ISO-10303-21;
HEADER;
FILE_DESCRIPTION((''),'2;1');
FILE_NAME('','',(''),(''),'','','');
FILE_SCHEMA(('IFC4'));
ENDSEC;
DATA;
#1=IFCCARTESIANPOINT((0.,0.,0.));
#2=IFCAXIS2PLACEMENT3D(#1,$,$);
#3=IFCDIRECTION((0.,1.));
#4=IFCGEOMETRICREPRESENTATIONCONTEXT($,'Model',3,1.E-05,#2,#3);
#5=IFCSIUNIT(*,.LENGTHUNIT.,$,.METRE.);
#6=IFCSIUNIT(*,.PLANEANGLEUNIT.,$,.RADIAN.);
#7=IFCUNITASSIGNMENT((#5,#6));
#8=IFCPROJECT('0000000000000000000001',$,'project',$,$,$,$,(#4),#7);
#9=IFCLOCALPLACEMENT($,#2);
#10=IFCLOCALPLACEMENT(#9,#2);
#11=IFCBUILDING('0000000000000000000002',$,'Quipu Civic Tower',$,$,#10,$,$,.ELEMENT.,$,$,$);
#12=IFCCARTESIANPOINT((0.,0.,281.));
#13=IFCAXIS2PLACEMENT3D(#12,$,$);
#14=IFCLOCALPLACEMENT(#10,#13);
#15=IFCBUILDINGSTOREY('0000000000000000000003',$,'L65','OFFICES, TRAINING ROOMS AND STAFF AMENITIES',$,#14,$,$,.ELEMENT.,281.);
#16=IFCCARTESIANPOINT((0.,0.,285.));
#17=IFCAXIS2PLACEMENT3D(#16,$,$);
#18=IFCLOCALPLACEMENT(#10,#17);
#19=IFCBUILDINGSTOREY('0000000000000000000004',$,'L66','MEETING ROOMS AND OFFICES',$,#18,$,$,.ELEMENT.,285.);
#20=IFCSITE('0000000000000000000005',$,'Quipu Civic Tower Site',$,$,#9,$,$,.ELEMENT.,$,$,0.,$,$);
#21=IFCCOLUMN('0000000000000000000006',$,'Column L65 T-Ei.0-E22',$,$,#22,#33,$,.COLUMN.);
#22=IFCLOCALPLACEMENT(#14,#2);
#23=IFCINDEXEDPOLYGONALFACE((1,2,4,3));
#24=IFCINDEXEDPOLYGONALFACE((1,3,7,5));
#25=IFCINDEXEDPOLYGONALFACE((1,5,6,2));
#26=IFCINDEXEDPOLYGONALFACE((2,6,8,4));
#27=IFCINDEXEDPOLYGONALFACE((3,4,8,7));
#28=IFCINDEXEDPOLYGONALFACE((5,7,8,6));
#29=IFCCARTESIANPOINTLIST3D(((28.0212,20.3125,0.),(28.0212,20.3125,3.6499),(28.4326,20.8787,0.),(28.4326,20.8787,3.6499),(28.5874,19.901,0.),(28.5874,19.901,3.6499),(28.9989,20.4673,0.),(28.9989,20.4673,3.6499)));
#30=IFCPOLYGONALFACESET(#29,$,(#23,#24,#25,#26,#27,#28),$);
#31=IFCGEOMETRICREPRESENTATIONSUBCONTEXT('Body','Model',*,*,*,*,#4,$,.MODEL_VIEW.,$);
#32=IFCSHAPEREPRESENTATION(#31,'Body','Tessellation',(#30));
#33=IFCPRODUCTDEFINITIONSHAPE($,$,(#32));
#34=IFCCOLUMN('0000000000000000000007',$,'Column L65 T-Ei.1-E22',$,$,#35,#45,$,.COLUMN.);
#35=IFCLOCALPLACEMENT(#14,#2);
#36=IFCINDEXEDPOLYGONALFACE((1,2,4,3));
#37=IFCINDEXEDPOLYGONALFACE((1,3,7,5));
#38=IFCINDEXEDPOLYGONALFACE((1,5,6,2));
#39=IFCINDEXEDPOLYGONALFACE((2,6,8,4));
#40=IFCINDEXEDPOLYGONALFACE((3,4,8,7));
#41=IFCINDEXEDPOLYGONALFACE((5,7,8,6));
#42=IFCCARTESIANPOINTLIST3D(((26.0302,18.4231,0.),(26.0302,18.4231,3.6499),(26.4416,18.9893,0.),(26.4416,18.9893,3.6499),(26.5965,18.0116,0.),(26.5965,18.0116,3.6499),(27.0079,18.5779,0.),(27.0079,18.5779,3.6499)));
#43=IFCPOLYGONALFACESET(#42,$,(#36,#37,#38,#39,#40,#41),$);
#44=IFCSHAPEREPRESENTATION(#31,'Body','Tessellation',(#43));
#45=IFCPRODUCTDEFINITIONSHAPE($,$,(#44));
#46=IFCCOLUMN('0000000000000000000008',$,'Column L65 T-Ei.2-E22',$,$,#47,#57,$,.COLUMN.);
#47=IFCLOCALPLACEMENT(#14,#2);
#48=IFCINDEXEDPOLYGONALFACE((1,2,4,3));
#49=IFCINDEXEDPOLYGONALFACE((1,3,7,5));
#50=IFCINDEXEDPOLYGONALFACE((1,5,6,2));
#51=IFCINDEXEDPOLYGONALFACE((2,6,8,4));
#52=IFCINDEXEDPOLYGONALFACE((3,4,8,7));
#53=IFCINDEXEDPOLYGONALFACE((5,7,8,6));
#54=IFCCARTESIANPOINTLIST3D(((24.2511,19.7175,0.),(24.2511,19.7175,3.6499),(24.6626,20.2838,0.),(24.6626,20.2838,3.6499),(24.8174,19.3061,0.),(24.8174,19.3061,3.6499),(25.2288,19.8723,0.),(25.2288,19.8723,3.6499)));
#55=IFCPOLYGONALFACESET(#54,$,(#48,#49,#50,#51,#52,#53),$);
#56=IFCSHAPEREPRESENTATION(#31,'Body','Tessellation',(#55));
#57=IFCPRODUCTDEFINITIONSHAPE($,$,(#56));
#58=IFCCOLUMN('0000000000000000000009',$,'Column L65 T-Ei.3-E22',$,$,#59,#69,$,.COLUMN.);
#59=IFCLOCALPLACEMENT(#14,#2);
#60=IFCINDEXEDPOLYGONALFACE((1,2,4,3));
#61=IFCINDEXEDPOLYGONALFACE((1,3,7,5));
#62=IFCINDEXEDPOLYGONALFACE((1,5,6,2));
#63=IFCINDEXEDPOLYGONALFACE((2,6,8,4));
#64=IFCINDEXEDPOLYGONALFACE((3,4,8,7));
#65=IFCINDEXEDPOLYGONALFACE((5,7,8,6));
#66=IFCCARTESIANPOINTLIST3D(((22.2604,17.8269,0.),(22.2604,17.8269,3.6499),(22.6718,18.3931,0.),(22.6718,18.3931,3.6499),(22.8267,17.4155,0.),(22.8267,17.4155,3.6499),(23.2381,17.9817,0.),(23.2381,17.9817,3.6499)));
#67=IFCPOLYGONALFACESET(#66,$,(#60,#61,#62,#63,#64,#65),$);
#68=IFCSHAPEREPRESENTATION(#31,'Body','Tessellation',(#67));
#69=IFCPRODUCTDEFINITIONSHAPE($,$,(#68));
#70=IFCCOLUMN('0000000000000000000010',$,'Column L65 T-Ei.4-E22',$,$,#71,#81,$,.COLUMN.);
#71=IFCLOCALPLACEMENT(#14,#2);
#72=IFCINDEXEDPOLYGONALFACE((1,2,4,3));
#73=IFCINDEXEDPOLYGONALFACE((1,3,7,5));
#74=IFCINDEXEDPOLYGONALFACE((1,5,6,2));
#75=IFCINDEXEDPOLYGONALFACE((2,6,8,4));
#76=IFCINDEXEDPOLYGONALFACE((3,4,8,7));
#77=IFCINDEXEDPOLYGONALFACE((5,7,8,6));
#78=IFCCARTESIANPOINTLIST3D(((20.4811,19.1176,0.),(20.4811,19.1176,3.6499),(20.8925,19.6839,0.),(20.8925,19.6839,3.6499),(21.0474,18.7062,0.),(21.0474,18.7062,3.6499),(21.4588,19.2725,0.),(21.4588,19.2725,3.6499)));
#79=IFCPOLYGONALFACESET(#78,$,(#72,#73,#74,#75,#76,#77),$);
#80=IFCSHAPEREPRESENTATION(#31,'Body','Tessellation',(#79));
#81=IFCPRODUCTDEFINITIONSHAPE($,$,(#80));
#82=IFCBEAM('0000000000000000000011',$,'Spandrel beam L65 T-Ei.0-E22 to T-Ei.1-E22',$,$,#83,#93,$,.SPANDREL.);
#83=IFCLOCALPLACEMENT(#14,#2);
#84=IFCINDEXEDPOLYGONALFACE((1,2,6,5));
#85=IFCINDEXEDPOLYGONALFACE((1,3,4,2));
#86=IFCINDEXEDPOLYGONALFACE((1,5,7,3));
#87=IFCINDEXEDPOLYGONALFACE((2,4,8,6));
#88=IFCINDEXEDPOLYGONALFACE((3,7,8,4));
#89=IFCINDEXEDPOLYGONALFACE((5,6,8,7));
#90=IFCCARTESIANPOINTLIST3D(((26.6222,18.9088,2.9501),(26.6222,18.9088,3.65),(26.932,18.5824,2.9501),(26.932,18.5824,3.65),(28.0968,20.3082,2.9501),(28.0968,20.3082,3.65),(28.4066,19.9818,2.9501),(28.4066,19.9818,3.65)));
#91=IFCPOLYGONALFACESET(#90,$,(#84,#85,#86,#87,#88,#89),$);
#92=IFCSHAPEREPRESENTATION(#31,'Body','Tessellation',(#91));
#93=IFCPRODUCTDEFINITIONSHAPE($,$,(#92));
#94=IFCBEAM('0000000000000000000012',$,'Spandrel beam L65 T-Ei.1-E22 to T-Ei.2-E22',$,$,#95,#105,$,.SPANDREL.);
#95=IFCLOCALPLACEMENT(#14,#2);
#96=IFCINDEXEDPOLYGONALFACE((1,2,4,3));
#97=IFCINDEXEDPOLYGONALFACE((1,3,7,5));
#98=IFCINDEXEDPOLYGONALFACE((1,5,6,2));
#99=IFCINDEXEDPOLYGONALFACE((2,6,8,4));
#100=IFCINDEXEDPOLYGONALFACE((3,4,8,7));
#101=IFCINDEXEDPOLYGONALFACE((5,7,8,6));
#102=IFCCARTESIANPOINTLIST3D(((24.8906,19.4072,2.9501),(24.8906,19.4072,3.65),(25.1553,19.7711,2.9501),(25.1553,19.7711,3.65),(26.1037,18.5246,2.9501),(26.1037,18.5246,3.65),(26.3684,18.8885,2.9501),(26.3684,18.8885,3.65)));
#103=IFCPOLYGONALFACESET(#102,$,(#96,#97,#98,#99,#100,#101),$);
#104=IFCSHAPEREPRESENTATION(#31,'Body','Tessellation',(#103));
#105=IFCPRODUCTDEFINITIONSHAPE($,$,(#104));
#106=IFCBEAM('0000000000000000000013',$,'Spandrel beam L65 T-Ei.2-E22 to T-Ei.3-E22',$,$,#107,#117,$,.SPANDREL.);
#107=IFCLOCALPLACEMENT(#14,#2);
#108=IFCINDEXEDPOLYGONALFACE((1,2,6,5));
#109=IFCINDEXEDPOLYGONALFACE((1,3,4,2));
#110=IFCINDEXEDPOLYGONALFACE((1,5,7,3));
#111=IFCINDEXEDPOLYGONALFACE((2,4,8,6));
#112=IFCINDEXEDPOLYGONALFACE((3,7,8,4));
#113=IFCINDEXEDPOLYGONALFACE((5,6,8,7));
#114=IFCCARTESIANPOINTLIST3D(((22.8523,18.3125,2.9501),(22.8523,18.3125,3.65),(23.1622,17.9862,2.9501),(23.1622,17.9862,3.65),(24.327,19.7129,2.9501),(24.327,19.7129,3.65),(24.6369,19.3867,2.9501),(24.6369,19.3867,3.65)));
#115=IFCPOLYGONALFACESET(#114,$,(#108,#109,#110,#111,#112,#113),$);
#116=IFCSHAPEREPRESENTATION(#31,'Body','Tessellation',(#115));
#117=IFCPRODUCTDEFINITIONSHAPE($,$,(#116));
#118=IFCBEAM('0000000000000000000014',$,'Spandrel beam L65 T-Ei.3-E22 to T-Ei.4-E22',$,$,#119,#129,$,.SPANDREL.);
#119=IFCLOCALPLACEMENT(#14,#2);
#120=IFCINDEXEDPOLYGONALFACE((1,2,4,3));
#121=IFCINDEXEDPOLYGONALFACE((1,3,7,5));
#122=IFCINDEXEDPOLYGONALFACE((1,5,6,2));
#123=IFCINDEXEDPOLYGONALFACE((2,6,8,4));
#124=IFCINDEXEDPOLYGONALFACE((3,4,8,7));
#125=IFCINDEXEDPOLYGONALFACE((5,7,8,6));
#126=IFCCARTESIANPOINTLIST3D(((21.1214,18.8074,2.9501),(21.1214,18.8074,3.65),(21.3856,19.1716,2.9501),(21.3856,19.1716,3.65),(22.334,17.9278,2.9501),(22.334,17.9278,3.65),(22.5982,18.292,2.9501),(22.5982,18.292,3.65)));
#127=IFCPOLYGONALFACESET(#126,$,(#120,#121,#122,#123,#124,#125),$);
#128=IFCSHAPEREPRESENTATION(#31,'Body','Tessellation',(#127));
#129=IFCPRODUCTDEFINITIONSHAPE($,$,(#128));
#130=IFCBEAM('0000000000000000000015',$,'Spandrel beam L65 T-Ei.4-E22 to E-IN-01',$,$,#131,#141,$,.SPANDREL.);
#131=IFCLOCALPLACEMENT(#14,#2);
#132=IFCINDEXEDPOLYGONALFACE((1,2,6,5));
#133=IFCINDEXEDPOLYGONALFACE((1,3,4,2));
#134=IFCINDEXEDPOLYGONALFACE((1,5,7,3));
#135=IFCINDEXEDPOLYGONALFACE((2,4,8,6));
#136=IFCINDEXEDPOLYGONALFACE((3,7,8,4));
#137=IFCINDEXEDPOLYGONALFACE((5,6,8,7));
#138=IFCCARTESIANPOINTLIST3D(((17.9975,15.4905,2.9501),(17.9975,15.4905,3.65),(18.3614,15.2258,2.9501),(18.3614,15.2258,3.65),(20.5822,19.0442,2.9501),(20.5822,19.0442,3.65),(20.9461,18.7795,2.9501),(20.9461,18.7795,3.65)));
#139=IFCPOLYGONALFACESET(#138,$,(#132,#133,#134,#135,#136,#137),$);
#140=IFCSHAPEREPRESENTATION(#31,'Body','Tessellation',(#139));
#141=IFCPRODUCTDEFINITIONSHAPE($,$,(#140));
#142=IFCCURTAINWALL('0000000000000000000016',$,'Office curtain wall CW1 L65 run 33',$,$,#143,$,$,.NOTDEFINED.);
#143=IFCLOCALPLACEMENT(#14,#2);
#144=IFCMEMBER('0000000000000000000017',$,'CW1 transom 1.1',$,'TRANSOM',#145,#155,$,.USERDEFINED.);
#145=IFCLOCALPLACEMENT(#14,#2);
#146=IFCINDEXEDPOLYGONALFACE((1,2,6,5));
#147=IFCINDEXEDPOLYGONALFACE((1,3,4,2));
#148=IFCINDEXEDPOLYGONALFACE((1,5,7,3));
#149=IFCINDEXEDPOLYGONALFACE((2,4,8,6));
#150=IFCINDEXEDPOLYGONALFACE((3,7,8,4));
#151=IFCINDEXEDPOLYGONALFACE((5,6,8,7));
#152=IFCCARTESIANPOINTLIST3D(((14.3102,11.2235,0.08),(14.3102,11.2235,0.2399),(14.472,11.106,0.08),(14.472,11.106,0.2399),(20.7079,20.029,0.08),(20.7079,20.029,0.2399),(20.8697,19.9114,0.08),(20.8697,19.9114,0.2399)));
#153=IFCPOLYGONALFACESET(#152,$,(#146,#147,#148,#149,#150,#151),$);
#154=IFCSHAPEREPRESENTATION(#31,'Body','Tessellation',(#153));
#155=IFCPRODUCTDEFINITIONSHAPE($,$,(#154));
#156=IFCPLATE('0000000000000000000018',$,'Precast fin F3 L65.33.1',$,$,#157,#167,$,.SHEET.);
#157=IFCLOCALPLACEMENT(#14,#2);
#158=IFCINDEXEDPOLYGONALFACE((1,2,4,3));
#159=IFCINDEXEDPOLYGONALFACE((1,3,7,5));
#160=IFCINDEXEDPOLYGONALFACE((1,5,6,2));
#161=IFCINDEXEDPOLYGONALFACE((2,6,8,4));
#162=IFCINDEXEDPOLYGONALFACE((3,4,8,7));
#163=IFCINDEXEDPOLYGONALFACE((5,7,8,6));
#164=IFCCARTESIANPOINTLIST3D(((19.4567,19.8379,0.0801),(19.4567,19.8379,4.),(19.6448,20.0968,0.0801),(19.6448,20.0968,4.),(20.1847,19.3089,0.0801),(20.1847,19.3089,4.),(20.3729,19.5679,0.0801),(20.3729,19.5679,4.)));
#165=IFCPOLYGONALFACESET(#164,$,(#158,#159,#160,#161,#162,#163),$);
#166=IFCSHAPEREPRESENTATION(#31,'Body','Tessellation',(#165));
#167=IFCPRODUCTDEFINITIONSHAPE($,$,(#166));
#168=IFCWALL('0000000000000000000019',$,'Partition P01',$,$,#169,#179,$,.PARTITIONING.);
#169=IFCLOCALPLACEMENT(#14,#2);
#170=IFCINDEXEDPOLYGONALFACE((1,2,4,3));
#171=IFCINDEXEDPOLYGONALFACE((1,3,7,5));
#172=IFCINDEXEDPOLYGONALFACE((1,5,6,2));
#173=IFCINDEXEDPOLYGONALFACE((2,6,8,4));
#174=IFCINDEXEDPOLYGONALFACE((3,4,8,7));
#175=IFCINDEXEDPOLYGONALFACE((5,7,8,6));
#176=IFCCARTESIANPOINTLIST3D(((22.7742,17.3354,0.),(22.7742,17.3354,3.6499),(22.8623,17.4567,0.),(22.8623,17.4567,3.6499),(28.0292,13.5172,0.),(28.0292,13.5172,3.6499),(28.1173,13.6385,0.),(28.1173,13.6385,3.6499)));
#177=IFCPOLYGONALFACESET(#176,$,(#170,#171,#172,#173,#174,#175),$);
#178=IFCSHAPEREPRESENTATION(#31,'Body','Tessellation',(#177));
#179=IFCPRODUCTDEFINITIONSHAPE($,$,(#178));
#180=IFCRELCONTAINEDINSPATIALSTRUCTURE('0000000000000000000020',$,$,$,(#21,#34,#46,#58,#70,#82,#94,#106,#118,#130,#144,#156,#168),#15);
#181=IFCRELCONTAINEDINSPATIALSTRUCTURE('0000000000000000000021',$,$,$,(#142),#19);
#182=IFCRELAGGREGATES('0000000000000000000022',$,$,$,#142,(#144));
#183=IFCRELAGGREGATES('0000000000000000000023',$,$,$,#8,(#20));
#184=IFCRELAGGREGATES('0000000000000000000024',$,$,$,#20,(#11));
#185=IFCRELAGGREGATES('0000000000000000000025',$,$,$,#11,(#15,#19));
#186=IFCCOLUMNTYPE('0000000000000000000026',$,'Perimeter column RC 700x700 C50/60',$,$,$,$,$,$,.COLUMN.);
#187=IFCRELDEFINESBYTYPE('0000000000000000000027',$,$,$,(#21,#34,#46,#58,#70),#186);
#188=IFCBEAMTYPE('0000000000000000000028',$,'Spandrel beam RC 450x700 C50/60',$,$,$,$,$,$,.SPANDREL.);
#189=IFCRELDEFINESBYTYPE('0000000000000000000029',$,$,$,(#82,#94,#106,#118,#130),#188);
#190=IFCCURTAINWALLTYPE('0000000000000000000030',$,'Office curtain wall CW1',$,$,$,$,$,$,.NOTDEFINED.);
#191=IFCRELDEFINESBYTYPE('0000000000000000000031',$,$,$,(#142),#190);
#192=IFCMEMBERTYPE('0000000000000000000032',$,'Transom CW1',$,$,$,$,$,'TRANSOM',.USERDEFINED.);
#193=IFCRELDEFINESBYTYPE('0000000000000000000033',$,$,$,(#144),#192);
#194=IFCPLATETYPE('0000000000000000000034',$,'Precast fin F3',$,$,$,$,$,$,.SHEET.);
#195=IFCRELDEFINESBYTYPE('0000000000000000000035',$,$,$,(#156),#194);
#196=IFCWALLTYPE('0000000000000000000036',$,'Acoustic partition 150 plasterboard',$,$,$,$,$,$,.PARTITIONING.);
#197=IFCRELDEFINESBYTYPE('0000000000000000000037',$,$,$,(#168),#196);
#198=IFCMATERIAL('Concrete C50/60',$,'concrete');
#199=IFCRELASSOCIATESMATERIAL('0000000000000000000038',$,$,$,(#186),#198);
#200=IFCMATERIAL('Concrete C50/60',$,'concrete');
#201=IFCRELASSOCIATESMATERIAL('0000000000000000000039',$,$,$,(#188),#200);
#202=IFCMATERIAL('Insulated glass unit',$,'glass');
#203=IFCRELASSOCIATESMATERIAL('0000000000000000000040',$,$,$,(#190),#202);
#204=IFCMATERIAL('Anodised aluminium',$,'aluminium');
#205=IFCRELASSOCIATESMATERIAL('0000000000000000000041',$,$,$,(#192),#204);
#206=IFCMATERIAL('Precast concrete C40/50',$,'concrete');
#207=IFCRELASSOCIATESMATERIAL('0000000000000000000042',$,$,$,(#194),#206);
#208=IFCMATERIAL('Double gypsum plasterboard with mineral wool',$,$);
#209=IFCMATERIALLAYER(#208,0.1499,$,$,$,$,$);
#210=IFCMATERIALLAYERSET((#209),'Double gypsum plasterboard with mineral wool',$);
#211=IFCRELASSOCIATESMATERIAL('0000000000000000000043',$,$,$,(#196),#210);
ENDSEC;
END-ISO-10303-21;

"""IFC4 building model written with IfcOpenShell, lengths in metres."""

from ifc_helpers import new_model, si_unit, direction, frame, frame_2d, origin, origin_2d, place, context, subcontext, project, spatial, rectangle, extrude, material, layer, layer_set, material_profile, profile_set, type_object, element, aggregate, save


model = new_model("IFC4")

# Units and contexts
model_context = context("Model", 3, precision=1e-05, world=origin(), true_north=direction((0.0, 1.0)))
body_context = subcontext(model_context, "Body", "Model", "MODEL_VIEW")
ifc_project = project(units=[si_unit("LENGTHUNIT", "METRE"), si_unit("PLANEANGLEUNIT", "RADIAN")], contexts=[model_context])

# Site, building, storey
site_placement = place(None, origin())
site = spatial("IfcSite", under=ifc_project, at=site_placement, Name="Quipu Civic Tower Site", CompositionType="ELEMENT", RefElevation=0.0)
building_placement = place(site_placement, origin())
building = spatial("IfcBuilding", under=site, at=building_placement, Name="Quipu Civic Tower", CompositionType="ELEMENT")
storey_1_placement = place(building_placement, frame((0.0, 0.0, 281.0)))
storey_1 = spatial("IfcBuildingStorey", under=building, at=storey_1_placement, Name="L65", Description="OFFICES, TRAINING ROOMS AND STAFF AMENITIES", CompositionType="ELEMENT", Elevation=281.0)

# Columns
ifc_material_1 = material(Name="Concrete C50/60", Category="concrete")
ifc_material_profile_1 = material_profile(ifc_material_1, rectangle(XDim=0.7, YDim=0.7, at=origin_2d()), Name="RC700x700")
ifc_profile_set_1 = profile_set([ifc_material_profile_1], Name="Concrete C50/60")
column_type = type_object("IfcColumnType", Name="Perimeter column RC 700x700 C50/60", PredefinedType="COLUMN", material=ifc_profile_set_1)
for number, where, z_axis, x_axis, name in (
    (1, (28.51, 20.3899, 0.0), (0.0, 0.0, 1.0), (-0.587785, -0.809017, 0.0), "Column L65 T-Ei.0-E22"),
    (2, (26.519, 18.5005, 0.0), (0.0, 0.0, 1.0), (-0.809017, 0.587785, 0.0), "Column L65 T-Ei.1-E22"),
    (3, (24.74, 19.7949, 0.0), (0.0, 0.0, 1.0), (-0.587785, -0.809017, 0.0), "Column L65 T-Ei.2-E22"),
    (4, (22.7493, 17.9043, 0.0), (0.0, 0.0, 1.0), (-0.587785, -0.809017, 0.0), "Column L65 T-Ei.3-E22"),
    (5, (20.97, 19.1951, 0.0), (0.0, 0.0, 1.0), (-0.587785, -0.809017, 0.0), "Column L65 T-Ei.4-E22"),
):
    element("IfcColumn", number, at=place(storey_1_placement, frame(where, z_axis=z_axis, x_axis=x_axis)), inside=storey_1, type_object=column_type, Name=name, PredefinedType="COLUMN", context=body_context, shape_type="SweptSolid", body=[
        extrude(rectangle(XDim=0.7, YDim=0.7, at=origin_2d()), origin(), (0.0, 0.0, 1.0), 3.6499),
    ])

# Beams
ifc_material_2 = material(Name="Concrete C50/60", Category="concrete")
ifc_material_profile_2 = material_profile(ifc_material_2, rectangle(XDim=0.45, YDim=0.7, at=origin_2d()), Name="RC450x700")
ifc_profile_set_2 = profile_set([ifc_material_profile_2], Name="Concrete C50/60")
beam_type = type_object("IfcBeamType", Name="Spandrel beam RC 450x700 C50/60", PredefinedType="SPANDREL", material=ifc_profile_set_2)
beam_1_placement = place(storey_1_placement, frame((28.2517, 20.145, 3.3), z_axis=(-0.725359, -0.688371, 0.0), x_axis=(0.688371, -0.725359, 0.0)))
element("IfcBeam", 6, at=beam_1_placement, inside=storey_1, type_object=beam_type, Name="Spandrel beam L65 T-Ei.0-E22 to T-Ei.1-E22", PredefinedType="SPANDREL", context=body_context, shape_type="SweptSolid", body=[
    extrude(rectangle(XDim=0.45, YDim=0.7, at=origin_2d()), origin(), (0.0, 0.0, 1.0), 2.033),
])
beam_2_placement = place(storey_1_placement, frame((26.2361, 18.7065, 3.3), z_axis=(-0.808645, 0.588297, 0.0), x_axis=(-0.588297, -0.808645, 0.0)))
element("IfcBeam", 7, at=beam_2_placement, inside=storey_1, type_object=beam_type, Name="Spandrel beam L65 T-Ei.1-E22 to T-Ei.2-E22", PredefinedType="SPANDREL", context=body_context, shape_type="SweptSolid", body=[
    extrude(rectangle(XDim=0.45, YDim=0.7, at=origin_2d()), origin(), (0.0, 0.0, 1.0), 1.5002),
])
beam_3_placement = place(storey_1_placement, frame((24.4819, 19.5498, 3.3), z_axis=(-0.725119, -0.688623, 0.0), x_axis=(0.688623, -0.725119, 0.0)))
element("IfcBeam", 8, at=beam_3_placement, inside=storey_1, type_object=beam_type, Name="Spandrel beam L65 T-Ei.2-E22 to T-Ei.3-E22", PredefinedType="SPANDREL", context=body_context, shape_type="SweptSolid", body=[
    extrude(rectangle(XDim=0.45, YDim=0.7, at=origin_2d()), origin(), (0.0, 0.0, 1.0), 2.0337),
])
beam_4_placement = place(storey_1_placement, frame((22.4661, 18.1099, 3.3), z_axis=(-0.809461, 0.587173, 0.0), x_axis=(-0.587173, -0.809461, 0.0)))
element("IfcBeam", 9, at=beam_4_placement, inside=storey_1, type_object=beam_type, Name="Spandrel beam L65 T-Ei.3-E22 to T-Ei.4-E22", PredefinedType="SPANDREL", context=body_context, shape_type="SweptSolid", body=[
    extrude(rectangle(XDim=0.45, YDim=0.7, at=origin_2d()), origin(), (0.0, 0.0, 1.0), 1.498),
])
beam_5_placement = place(storey_1_placement, frame((20.7642, 18.9119, 3.3), z_axis=(-0.588201, -0.808714, 0.0), x_axis=(0.808714, -0.588201, 0.0)))
element("IfcBeam", 10, at=beam_5_placement, inside=storey_1, type_object=beam_type, Name="Spandrel beam L65 T-Ei.4-E22 to E-IN-01", PredefinedType="SPANDREL", context=body_context, shape_type="SweptSolid", body=[
    extrude(rectangle(XDim=0.45, YDim=0.7, at=origin_2d()), origin(), (0.0, 0.0, 1.0), 4.3943),
])

# Shared definitions
storey_2_placement = place(building_placement, frame((0.0, 0.0, 285.0)))
storey_2 = spatial("IfcBuildingStorey", under=building, at=storey_2_placement, Name="L66", Description="MEETING ROOMS AND OFFICES", CompositionType="ELEMENT", Elevation=285.0)

# Curtain wall, member
ifc_material_3 = material(Name="Insulated glass unit", Category="glass")
curtain_wall_type = type_object("IfcCurtainWallType", Name="Office curtain wall CW1", PredefinedType="NOTDEFINED", material=ifc_material_3)
curtain_wall_placement = place(storey_2_placement, origin())
curtain_wall = element("IfcCurtainWall", 11, at=curtain_wall_placement, inside=storey_2, type_object=curtain_wall_type, Name="Office curtain wall CW1 L65 run 33", PredefinedType="NOTDEFINED")
ifc_material_4 = material(Name="Anodised aluminium", Category="aluminium")
ifc_material_profile_3 = material_profile(ifc_material_4, rectangle(XDim=0.2, YDim=0.1599, at=origin_2d()), Name="RECT 200x160")
ifc_profile_set_3 = profile_set([ifc_material_profile_3], Name="Anodised aluminium")
member_type = type_object("IfcMemberType", Name="Transom CW1", ElementType="TRANSOM", PredefinedType="USERDEFINED", material=ifc_profile_set_3)
member_placement = place(storey_1_placement, frame((20.7888, 19.9702, 0.1599), z_axis=(-0.587797, -0.809009, 0.0), x_axis=(0.809009, -0.587797, 0.0)))
member = element("IfcMember", 12, at=member_placement, inside=storey_1, type_object=member_type, Name="CW1 transom 1.1", ObjectType="TRANSOM", PredefinedType="USERDEFINED", context=body_context, shape_type="SweptSolid", body=[
    extrude(rectangle(XDim=0.2, YDim=0.1599, at=origin_2d()), origin(), (0.0, 0.0, 1.0), 10.8843),
])
aggregate(curtain_wall, [member])

# Plate
ifc_material_5 = material(Name="Precast concrete C40/50", Category="concrete")
plate_type = type_object("IfcPlateType", Name="Precast fin F3", PredefinedType="SHEET", material=ifc_material_5)
plate_placement = place(storey_1_placement, frame((19.9148, 19.7029, 0.0801), z_axis=(0.0, 0.0, 1.0), x_axis=(-0.587784, -0.809018, 0.0)))
element("IfcPlate", 13, at=plate_placement, inside=storey_1, type_object=plate_type, Name="Precast fin F3 L65.33.1", PredefinedType="SHEET", context=body_context, shape_type="SweptSolid", body=[
    extrude(rectangle(XDim=0.3201, YDim=0.8999, at=origin_2d()), origin(), (0.0, 0.0, 1.0), 3.9199),
])

# Wall
ifc_material_6 = material(Name="Double gypsum plasterboard with mineral wool")
ifc_layer_1 = layer(ifc_material_6, 0.1499)
ifc_layer_set_1 = layer_set([ifc_layer_1], Name="Double gypsum plasterboard with mineral wool")
wall_type_1 = type_object("IfcWallType", Name="Acoustic partition 150 plasterboard", PredefinedType="PARTITIONING", material=ifc_layer_set_1)
wall_1_placement = place(storey_1_placement, frame((28.0732, 13.5779, 0.0), z_axis=(0.0, 0.0, 1.0), x_axis=(-0.809001, 0.587807, 0.0)))
element("IfcWall", 14, at=wall_1_placement, inside=storey_1, type_object=wall_type_1, Name="Partition P01", PredefinedType="PARTITIONING", context=body_context, shape_type="SweptSolid", body=[
    extrude(rectangle(XDim=6.4956, YDim=0.1499, at=frame_2d((3.2478, 0.0))), origin(), (0.0, 0.0, 1.0), 3.6499),
])

save(model, "model.ifc")
